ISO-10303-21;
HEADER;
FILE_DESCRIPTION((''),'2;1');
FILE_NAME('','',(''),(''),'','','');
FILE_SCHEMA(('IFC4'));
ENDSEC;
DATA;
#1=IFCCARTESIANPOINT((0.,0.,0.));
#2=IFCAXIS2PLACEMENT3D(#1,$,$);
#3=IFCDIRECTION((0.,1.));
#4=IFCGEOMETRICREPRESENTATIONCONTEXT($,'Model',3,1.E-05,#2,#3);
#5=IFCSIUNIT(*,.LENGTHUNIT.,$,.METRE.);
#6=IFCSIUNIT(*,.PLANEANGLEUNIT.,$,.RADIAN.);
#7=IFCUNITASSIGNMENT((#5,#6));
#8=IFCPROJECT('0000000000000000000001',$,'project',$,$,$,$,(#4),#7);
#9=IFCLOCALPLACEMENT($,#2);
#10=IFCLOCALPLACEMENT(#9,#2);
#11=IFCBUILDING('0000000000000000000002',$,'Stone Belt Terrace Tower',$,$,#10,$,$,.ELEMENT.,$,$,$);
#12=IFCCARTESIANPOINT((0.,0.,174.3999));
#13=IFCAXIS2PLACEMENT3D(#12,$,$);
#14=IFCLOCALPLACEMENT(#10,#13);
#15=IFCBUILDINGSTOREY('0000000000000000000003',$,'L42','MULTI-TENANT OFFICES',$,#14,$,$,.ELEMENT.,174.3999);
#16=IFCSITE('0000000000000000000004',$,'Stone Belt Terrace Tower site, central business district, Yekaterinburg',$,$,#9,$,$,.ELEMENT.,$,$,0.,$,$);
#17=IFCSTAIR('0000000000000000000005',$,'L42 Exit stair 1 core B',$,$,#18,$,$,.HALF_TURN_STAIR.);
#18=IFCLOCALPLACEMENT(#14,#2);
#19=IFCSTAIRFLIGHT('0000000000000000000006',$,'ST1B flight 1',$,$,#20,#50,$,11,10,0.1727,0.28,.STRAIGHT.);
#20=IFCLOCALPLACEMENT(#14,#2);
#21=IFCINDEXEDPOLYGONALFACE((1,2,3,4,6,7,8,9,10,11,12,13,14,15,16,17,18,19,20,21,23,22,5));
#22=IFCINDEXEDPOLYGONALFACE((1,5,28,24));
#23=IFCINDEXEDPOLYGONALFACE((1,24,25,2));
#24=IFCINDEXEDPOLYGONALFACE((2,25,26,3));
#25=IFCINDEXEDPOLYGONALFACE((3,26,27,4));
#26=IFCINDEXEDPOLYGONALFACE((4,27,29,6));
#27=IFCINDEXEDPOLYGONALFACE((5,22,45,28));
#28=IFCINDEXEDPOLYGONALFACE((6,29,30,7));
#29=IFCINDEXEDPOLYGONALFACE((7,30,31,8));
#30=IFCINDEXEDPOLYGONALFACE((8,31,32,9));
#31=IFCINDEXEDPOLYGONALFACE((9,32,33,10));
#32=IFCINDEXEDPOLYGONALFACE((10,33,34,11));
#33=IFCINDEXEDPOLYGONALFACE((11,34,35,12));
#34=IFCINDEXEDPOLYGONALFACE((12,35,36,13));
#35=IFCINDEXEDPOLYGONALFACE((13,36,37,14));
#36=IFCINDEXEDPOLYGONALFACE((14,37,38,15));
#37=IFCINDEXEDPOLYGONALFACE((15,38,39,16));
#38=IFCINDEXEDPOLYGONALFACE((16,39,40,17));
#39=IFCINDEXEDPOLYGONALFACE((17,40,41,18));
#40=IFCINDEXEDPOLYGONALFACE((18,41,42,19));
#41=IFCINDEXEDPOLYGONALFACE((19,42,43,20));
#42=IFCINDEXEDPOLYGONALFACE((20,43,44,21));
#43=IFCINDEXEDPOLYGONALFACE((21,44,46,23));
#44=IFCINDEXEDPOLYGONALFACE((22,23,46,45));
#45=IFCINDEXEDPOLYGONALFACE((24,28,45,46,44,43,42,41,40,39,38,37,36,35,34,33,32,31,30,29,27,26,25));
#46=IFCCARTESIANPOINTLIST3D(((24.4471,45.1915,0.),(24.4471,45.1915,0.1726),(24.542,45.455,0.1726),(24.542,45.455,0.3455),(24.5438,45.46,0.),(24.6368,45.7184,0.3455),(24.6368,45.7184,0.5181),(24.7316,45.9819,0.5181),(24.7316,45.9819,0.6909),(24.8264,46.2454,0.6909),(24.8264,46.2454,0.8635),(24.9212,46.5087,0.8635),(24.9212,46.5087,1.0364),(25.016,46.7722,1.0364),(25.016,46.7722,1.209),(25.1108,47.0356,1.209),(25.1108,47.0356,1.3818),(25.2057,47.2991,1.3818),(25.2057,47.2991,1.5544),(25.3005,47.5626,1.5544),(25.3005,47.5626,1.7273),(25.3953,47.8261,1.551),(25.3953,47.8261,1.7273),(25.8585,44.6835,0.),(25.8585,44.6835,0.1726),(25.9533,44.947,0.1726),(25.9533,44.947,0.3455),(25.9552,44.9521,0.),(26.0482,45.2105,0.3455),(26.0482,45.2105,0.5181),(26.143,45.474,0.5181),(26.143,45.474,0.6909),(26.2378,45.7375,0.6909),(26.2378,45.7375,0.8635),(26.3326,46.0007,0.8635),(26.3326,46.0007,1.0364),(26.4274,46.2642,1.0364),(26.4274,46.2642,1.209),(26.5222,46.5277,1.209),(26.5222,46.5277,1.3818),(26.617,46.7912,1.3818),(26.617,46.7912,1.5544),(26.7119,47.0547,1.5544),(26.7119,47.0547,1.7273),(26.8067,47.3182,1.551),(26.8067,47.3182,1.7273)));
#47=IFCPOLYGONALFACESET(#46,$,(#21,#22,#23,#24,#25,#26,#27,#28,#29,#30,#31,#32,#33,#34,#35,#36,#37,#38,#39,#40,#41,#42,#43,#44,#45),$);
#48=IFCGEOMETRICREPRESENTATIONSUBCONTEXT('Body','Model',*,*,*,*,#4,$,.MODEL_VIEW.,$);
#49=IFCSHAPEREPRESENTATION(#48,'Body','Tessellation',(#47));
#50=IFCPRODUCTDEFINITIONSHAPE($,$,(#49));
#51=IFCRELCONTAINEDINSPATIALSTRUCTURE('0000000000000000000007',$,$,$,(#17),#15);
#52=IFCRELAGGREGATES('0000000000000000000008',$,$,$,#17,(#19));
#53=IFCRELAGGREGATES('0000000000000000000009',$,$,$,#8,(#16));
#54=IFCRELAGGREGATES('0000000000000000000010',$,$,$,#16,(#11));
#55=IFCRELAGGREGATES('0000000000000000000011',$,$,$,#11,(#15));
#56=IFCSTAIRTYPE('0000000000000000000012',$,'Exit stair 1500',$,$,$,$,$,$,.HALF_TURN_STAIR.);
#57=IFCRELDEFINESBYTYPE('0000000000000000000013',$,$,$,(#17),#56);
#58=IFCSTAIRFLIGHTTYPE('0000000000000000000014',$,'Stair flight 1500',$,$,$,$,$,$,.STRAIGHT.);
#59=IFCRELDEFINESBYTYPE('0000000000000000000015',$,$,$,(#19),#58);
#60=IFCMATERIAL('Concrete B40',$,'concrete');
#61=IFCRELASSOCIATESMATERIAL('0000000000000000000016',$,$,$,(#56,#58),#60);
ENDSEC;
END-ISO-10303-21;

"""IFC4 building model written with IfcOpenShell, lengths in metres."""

from ifc_helpers import new_model, si_unit, direction, frame, origin, place, context, subcontext, project, spatial, polyline, outline, extrude, material, type_object, element, aggregate, save


model = new_model("IFC4")

# Units and contexts
model_context = context("Model", 3, precision=1e-05, world=origin(), true_north=direction((0.0, 1.0)))
body_context = subcontext(model_context, "Body", "Model", "MODEL_VIEW")
ifc_project = project(units=[si_unit("LENGTHUNIT", "METRE"), si_unit("PLANEANGLEUNIT", "RADIAN")], contexts=[model_context])

# Site, building, storey
site_placement = place(None, origin())
site = spatial("IfcSite", under=ifc_project, at=site_placement, Name="Stone Belt Terrace Tower site, central business district, Yekaterinburg", CompositionType="ELEMENT", RefElevation=0.0)
building_placement = place(site_placement, origin())
building = spatial("IfcBuilding", under=site, at=building_placement, Name="Stone Belt Terrace Tower", CompositionType="ELEMENT")
storey_placement = place(building_placement, frame((0.0, 0.0, 174.3999)))
storey = spatial("IfcBuildingStorey", under=building, at=storey_placement, Name="L42", Description="MULTI-TENANT OFFICES", CompositionType="ELEMENT", Elevation=174.3999)

# Stair, stair flight
ifc_material_1 = material(Name="Concrete B40", Category="concrete")
stair_type = type_object("IfcStairType", Name="Exit stair 1500", PredefinedType="HALF_TURN_STAIR", material=ifc_material_1)
stair_placement = place(storey_placement, origin())
stair = element("IfcStair", 1, at=stair_placement, inside=storey, type_object=stair_type, Name="L42 Exit stair 1 core B", PredefinedType="HALF_TURN_STAIR")
stair_flight_type = type_object("IfcStairFlightType", Name="Stair flight 1500", PredefinedType="STRAIGHT", material=ifc_material_1)
stair_flight_placement = place(storey_placement, frame((25.1528, 44.9375, 0.0), z_axis=(0.0, 0.0, 1.0), x_axis=(0.338624, 0.940922, 0.0)))
stair_flight = element("IfcStairFlight", 2, at=stair_flight_placement, type_object=stair_flight_type, Name="ST1B flight 1", NumberOfRisers=11, NumberOfTreads=10, PredefinedType="STRAIGHT", RiserHeight=0.1727, TreadLength=0.28, context=body_context, shape_type="SweptSolid", body=[
    extrude(outline(polyline([(0.0, 0.0), (0.0, 0.1726), (0.28, 0.1726), (0.28, 0.3455), (0.5601, 0.3455), (0.5601, 0.5181), (0.8401, 0.5181), (0.8401, 0.6909), (1.1201, 0.6909), (1.1201, 0.8635), (1.3999, 0.8635), (1.3999, 1.0364), (1.6799, 1.0364), (1.6799, 1.209), (1.96, 1.209), (1.96, 1.3818), (2.24, 1.3818), (2.24, 1.5544), (2.52, 1.5544), (2.52, 1.7273), (2.8, 1.7273), (2.8, 1.8999), (2.8, 1.551), (0.2854, 0.0), (0.0, 0.0)])), frame((0.0, 0.75, 0.0), z_axis=(0.0, -1.0, 0.0), x_axis=(1.0, 0.0, 0.0)), (0.0, 0.0, 1.0), 1.5),
])
aggregate(stair, [stair_flight])

save(model, "model.ifc")
